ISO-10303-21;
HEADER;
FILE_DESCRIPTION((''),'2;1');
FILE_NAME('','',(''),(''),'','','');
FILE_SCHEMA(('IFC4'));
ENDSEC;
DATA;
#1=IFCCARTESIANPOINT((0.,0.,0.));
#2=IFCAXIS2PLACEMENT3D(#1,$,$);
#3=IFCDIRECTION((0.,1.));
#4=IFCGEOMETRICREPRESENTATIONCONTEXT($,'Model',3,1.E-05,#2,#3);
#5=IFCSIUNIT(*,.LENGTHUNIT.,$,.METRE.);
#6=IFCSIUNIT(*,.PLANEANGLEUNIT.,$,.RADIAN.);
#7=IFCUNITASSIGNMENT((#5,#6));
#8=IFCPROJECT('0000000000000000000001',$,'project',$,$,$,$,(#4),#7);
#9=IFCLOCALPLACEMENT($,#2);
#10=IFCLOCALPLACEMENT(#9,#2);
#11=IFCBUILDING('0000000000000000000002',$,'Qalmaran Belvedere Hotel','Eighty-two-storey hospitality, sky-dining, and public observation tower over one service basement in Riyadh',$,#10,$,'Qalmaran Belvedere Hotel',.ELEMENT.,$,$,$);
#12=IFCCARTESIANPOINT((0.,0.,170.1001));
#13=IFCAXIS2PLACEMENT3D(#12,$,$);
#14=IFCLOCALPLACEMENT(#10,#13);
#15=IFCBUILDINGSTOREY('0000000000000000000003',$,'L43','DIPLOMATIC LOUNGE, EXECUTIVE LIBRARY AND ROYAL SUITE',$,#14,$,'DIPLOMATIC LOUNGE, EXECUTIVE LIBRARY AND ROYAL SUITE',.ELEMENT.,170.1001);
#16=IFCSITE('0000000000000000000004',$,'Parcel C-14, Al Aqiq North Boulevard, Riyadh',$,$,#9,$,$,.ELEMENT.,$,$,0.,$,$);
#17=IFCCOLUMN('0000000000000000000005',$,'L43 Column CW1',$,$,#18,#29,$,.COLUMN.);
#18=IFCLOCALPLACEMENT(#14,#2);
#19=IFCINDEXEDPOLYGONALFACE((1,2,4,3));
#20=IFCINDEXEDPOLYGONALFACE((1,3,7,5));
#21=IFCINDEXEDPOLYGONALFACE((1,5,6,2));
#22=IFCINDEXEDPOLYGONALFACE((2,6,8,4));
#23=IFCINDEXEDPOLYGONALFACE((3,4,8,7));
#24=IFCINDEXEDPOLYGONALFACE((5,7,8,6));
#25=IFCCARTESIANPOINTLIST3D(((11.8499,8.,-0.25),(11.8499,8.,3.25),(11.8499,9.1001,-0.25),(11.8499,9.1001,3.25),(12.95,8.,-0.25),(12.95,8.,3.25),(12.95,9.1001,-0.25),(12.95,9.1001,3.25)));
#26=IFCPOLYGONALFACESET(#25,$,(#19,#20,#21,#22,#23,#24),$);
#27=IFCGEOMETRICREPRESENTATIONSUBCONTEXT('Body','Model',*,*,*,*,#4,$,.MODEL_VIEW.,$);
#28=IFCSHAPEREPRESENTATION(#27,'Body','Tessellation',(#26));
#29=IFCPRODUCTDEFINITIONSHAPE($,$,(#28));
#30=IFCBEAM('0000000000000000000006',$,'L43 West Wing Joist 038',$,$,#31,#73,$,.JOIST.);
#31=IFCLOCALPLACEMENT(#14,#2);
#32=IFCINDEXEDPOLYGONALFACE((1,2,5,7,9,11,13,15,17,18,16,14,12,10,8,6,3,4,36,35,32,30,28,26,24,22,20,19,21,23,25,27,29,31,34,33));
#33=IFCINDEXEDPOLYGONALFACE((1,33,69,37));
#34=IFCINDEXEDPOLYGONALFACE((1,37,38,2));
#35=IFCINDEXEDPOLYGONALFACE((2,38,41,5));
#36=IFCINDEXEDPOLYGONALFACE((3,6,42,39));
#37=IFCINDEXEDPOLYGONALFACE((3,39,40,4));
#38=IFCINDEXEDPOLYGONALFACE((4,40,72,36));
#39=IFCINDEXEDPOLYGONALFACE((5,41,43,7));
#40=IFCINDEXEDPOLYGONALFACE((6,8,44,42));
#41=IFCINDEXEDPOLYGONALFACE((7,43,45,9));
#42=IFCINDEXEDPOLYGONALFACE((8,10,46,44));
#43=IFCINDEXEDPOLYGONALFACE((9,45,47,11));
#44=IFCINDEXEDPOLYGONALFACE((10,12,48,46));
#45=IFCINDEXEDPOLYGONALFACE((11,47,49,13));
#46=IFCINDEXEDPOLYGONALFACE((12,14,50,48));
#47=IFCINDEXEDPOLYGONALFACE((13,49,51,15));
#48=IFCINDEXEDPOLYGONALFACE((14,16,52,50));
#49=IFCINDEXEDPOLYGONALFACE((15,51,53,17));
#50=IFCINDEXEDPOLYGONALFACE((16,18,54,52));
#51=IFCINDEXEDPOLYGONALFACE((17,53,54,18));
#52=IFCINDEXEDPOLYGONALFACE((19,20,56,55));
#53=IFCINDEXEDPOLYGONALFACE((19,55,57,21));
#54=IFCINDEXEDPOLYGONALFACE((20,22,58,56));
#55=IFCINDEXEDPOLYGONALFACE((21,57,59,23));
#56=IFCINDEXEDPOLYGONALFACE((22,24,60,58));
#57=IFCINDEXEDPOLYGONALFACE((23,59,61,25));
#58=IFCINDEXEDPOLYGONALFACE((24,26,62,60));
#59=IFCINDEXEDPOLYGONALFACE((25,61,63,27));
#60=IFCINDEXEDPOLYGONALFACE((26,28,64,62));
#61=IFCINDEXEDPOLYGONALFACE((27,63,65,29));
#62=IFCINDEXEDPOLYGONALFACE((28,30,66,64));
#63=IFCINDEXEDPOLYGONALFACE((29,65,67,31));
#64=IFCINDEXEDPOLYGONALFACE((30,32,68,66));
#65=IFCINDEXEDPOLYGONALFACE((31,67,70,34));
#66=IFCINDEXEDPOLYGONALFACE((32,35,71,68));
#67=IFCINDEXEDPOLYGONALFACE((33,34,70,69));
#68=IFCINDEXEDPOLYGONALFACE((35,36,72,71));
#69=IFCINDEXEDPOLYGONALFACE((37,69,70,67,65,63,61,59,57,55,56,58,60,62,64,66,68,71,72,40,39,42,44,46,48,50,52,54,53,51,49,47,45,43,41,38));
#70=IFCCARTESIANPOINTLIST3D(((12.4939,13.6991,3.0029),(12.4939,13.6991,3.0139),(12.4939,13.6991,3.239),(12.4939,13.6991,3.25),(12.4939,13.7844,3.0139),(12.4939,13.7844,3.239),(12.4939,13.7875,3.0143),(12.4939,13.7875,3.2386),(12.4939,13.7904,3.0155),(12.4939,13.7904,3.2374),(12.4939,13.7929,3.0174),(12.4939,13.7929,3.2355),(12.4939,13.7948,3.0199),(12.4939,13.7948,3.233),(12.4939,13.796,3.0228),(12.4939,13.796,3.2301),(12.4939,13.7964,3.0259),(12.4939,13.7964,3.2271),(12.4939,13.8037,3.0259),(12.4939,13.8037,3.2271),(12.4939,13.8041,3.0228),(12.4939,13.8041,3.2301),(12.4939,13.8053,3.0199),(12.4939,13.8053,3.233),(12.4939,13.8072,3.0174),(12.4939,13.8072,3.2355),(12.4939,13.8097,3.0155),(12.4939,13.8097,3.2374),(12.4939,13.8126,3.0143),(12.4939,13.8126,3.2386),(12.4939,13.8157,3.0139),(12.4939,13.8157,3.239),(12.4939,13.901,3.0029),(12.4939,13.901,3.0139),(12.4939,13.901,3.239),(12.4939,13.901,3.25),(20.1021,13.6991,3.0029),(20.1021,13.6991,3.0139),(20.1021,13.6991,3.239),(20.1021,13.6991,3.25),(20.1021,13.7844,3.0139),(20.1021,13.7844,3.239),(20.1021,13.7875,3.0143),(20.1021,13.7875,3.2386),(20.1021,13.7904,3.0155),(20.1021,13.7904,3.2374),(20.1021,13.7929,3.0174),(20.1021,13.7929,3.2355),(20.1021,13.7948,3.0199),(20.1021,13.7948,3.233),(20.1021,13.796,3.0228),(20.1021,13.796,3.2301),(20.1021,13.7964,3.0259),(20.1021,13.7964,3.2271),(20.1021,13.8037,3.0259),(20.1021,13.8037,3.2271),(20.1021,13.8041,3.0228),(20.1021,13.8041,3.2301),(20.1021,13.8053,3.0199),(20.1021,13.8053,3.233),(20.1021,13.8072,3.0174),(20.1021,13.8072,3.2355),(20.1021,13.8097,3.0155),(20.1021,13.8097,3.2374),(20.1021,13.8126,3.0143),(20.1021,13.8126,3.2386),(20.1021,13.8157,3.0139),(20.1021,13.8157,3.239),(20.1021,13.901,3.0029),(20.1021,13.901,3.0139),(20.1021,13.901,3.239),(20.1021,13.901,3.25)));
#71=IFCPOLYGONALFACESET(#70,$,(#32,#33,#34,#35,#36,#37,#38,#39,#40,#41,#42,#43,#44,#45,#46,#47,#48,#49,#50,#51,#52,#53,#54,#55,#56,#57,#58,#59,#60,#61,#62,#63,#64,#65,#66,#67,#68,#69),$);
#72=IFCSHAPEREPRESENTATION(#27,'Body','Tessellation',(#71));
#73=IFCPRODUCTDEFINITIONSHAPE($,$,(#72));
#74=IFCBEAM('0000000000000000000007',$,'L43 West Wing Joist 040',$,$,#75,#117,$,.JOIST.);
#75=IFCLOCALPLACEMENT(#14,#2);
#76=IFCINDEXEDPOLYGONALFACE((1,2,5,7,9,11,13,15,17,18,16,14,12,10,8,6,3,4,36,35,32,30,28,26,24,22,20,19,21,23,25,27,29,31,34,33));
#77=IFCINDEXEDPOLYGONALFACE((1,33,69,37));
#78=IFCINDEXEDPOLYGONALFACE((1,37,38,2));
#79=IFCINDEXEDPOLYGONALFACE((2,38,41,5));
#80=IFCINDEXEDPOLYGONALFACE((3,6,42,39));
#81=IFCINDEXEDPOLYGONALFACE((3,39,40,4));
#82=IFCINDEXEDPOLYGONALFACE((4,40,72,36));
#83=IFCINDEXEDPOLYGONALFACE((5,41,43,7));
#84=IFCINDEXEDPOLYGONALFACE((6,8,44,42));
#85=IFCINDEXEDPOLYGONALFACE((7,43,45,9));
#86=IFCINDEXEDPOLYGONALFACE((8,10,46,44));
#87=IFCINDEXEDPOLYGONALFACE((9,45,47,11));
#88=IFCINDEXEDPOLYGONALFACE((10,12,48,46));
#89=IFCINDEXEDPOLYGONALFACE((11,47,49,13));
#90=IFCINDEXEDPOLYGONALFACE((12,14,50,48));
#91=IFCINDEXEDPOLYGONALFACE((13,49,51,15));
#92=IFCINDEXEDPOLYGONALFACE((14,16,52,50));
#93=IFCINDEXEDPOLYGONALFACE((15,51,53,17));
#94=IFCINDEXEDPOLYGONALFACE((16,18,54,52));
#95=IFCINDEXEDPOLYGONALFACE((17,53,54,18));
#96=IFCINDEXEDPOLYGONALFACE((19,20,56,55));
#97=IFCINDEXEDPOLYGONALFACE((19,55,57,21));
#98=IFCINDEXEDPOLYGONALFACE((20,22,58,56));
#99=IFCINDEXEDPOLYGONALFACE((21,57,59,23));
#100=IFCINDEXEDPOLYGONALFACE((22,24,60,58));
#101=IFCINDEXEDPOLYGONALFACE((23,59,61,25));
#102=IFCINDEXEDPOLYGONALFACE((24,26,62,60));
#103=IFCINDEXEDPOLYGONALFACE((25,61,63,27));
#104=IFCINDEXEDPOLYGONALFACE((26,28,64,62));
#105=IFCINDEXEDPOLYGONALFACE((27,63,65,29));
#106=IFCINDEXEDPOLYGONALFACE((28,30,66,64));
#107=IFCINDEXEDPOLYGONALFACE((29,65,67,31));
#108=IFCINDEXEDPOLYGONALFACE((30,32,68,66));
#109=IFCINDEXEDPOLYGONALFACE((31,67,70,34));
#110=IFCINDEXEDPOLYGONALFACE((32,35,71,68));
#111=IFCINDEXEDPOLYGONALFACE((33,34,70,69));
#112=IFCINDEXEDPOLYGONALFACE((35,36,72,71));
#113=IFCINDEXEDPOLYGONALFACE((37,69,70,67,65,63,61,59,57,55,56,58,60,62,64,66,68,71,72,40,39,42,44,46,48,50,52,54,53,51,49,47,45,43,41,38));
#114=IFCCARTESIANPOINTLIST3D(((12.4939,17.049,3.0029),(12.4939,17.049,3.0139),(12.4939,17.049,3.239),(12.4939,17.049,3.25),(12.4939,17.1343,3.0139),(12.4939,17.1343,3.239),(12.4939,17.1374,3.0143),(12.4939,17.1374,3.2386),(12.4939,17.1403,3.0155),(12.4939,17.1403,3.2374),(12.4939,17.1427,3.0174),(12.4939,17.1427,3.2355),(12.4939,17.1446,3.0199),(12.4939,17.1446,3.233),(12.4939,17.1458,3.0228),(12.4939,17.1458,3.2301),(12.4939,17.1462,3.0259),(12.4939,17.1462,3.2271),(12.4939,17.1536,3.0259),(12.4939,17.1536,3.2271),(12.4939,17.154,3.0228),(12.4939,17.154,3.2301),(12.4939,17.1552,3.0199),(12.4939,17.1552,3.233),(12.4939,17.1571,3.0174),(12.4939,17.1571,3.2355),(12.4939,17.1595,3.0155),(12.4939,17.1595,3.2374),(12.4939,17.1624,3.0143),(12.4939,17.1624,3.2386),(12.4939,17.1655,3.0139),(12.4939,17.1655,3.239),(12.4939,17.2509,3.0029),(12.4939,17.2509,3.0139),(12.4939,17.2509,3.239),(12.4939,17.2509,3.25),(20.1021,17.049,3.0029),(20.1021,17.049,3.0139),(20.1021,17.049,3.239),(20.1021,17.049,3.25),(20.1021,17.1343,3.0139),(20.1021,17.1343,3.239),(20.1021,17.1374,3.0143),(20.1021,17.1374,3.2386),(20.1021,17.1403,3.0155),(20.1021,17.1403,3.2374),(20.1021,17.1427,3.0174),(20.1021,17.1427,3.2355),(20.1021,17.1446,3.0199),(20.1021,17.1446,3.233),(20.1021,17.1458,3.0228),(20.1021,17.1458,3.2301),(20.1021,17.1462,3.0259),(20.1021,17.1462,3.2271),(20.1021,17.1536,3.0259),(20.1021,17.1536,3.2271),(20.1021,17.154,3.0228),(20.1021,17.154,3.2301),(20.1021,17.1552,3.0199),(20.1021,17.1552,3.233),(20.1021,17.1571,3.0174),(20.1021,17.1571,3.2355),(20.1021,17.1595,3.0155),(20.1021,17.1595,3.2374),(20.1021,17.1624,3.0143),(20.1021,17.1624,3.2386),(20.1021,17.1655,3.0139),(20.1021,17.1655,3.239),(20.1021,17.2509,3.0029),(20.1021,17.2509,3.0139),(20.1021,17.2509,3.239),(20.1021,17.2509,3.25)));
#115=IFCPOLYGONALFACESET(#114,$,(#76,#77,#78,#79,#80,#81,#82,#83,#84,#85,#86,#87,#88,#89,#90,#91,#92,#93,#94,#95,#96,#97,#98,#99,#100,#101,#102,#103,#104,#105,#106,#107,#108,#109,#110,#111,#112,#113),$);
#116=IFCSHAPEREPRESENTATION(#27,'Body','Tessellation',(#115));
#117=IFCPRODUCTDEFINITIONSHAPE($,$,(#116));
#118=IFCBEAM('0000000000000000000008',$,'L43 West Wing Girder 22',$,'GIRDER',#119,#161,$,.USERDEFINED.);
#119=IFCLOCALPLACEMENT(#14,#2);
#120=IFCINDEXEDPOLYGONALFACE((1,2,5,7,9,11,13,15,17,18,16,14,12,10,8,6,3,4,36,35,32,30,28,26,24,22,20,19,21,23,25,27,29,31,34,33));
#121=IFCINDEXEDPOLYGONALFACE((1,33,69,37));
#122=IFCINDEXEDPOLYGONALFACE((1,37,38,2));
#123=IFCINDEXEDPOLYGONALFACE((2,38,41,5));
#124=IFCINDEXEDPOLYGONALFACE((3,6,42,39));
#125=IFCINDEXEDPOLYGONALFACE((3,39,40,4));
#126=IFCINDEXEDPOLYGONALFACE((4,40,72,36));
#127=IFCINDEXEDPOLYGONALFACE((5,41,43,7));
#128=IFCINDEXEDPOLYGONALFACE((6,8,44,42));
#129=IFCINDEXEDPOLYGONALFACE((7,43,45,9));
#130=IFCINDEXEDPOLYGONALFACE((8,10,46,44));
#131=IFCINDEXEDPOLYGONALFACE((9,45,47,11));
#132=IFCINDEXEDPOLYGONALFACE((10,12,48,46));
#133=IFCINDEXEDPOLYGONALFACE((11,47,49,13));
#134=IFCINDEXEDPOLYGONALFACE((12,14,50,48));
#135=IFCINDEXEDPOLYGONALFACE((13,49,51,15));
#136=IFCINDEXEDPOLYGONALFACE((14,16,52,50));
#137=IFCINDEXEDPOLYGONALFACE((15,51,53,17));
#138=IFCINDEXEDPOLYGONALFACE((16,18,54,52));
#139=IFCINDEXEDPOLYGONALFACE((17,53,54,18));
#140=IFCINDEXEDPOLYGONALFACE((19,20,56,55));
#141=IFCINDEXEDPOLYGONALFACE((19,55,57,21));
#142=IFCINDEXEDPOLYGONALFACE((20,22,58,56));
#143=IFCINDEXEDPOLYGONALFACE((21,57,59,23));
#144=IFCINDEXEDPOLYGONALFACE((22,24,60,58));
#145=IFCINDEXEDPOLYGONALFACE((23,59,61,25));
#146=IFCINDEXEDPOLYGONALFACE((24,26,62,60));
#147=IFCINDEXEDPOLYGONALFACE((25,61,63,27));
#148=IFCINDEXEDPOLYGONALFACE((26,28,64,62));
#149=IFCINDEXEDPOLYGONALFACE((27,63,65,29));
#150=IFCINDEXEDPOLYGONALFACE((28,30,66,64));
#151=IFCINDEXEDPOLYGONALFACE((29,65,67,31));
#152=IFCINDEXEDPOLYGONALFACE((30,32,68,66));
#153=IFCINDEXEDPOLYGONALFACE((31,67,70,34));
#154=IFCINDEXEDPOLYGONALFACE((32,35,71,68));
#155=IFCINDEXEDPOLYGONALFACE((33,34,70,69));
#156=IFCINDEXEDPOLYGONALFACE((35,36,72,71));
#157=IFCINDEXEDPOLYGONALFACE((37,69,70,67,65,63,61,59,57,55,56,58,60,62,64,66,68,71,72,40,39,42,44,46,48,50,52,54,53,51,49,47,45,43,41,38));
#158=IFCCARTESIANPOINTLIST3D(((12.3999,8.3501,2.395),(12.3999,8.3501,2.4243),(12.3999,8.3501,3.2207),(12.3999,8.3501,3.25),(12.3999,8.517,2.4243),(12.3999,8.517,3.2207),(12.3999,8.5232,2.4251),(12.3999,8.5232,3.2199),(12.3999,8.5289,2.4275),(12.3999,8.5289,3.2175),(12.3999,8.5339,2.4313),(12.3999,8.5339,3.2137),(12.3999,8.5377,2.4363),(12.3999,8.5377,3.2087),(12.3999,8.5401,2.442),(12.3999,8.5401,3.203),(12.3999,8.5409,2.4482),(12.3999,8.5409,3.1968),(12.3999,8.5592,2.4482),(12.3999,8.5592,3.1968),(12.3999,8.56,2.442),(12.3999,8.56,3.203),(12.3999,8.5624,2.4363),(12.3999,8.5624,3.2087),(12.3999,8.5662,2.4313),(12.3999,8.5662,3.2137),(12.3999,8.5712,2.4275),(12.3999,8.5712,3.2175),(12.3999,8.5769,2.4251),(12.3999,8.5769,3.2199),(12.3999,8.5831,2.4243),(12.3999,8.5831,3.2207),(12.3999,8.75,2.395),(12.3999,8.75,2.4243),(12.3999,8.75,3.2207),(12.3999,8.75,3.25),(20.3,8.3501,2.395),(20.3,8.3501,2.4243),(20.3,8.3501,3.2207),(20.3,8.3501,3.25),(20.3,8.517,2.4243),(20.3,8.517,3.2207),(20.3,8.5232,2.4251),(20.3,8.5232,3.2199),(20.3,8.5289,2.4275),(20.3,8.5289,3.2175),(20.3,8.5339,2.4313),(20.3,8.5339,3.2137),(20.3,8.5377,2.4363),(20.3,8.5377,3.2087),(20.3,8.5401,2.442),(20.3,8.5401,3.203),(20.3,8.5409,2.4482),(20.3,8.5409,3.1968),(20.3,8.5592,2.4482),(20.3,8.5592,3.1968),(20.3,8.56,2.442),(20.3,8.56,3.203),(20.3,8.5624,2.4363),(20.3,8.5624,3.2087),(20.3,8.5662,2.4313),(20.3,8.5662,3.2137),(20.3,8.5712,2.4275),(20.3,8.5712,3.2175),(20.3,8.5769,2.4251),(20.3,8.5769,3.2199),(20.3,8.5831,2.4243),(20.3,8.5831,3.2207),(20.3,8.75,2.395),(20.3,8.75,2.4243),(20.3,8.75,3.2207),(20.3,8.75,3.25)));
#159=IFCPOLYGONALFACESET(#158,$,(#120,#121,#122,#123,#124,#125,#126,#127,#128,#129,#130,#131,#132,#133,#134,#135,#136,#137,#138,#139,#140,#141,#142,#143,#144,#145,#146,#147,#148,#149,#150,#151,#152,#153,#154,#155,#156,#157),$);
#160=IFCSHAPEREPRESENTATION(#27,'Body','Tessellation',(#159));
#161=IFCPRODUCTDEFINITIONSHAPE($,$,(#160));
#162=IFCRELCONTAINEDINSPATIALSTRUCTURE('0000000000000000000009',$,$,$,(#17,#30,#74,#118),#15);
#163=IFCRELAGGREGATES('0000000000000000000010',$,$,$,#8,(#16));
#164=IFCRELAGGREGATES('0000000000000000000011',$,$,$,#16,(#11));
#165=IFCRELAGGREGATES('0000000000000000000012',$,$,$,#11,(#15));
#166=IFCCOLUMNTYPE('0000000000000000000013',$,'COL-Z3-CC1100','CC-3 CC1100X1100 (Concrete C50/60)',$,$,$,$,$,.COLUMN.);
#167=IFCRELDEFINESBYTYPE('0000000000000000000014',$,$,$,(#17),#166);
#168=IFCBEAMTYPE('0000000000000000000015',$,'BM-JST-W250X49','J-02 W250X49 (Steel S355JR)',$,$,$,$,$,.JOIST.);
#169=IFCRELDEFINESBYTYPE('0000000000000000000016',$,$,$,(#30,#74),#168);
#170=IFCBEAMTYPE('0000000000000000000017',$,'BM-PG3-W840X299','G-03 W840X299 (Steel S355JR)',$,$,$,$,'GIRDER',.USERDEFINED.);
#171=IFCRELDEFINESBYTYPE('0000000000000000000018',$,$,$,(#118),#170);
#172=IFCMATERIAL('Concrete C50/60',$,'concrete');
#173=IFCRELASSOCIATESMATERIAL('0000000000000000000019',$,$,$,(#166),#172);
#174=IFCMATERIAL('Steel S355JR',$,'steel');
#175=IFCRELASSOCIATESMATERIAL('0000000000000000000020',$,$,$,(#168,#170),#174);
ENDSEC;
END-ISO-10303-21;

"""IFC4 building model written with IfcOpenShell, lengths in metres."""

from ifc_helpers import new_model, si_unit, direction, frame, origin, origin_2d, place, context, subcontext, project, spatial, rectangle, i_section, extrude, material, material_profile, profile_set, type_object, element, save


model = new_model("IFC4")

# Units and contexts
model_context = context("Model", 3, precision=1e-05, world=origin(), true_north=direction((0.0, 1.0)))
body_context = subcontext(model_context, "Body", "Model", "MODEL_VIEW")
ifc_project = project(units=[si_unit("LENGTHUNIT", "METRE"), si_unit("PLANEANGLEUNIT", "RADIAN")], contexts=[model_context])

# Site, building, storey
site_placement = place(None, origin())
site = spatial("IfcSite", under=ifc_project, at=site_placement, Name="Parcel C-14, Al Aqiq North Boulevard, Riyadh", CompositionType="ELEMENT", RefElevation=0.0)
building_placement = place(site_placement, origin())
building = spatial("IfcBuilding", under=site, at=building_placement, Name="Qalmaran Belvedere Hotel", Description="Eighty-two-storey hospitality, sky-dining, and public observation tower over one service basement in Riyadh", LongName="Qalmaran Belvedere Hotel", CompositionType="ELEMENT")
storey_placement = place(building_placement, frame((0.0, 0.0, 170.1001)))
storey = spatial("IfcBuildingStorey", under=building, at=storey_placement, Name="L43", Description="DIPLOMATIC LOUNGE, EXECUTIVE LIBRARY AND ROYAL SUITE", LongName="DIPLOMATIC LOUNGE, EXECUTIVE LIBRARY AND ROYAL SUITE", CompositionType="ELEMENT", Elevation=170.1001)

# Column
ifc_material_1 = material(Name="Concrete C50/60", Category="concrete")
ifc_material_profile_1 = material_profile(ifc_material_1, rectangle(XDim=1.1001, YDim=1.1001, at=origin_2d()), Name="CC1100X1100")
ifc_profile_set_1 = profile_set([ifc_material_profile_1], Name="Concrete C50/60")
column_type = type_object("IfcColumnType", Name="COL-Z3-CC1100", Description="CC-3 CC1100X1100 (Concrete C50/60)", PredefinedType="COLUMN", material=ifc_profile_set_1)
column_placement = place(storey_placement, frame((12.3999, 8.55, -0.25), z_axis=(0.0, 0.0, 1.0), x_axis=(1.0, 0.0, 0.0)))
element("IfcColumn", 1, at=column_placement, inside=storey, type_object=column_type, Name="L43 Column CW1", PredefinedType="COLUMN", context=body_context, shape_type="SweptSolid", body=[
    extrude(rectangle(XDim=1.1001, YDim=1.1001, at=origin_2d()), origin(), (0.0, 0.0, 1.0), 3.5),
])

# Beams
ifc_material_2 = material(Name="Steel S355JR", Category="steel")
ifc_material_profile_2 = material_profile(ifc_material_2, i_section(OverallWidth=0.2019, OverallDepth=0.2471, WebThickness=0.0073, FlangeThickness=0.011, FilletRadius=0.012, at=origin_2d()), Name="W250X49")
ifc_profile_set_2 = profile_set([ifc_material_profile_2], Name="Steel S355JR")
beam_type_1 = type_object("IfcBeamType", Name="BM-JST-W250X49", Description="J-02 W250X49 (Steel S355JR)", PredefinedType="JOIST", material=ifc_profile_set_2)
for number, where, z_axis, x_axis, name in (
    (2, (12.4939, 13.8, 3.1265), (1.0, 0.0, 0.0), (0.0, 1.0, 0.0), "L43 West Wing Joist 038"),
    (3, (12.4939, 17.1499, 3.1265), (1.0, 0.0, 0.0), (0.0, 1.0, 0.0), "L43 West Wing Joist 040"),
):
    element("IfcBeam", number, at=place(storey_placement, frame(where, z_axis=z_axis, x_axis=x_axis)), inside=storey, type_object=beam_type_1, Name=name, PredefinedType="JOIST", context=body_context, shape_type="SweptSolid", body=[
        extrude(i_section(OverallWidth=0.2019, OverallDepth=0.2471, WebThickness=0.0073, FlangeThickness=0.011, FilletRadius=0.012, at=origin_2d()), origin(), (0.0, 0.0, 1.0), 7.6082),
    ])
ifc_material_profile_3 = material_profile(ifc_material_2, i_section(OverallWidth=0.3999, OverallDepth=0.855, WebThickness=0.0183, FlangeThickness=0.0293, FilletRadius=0.0239, at=origin_2d()), Name="W840X299")
ifc_profile_set_3 = profile_set([ifc_material_profile_3], Name="Steel S355JR")
beam_type_2 = type_object("IfcBeamType", Name="BM-PG3-W840X299", Description="G-03 W840X299 (Steel S355JR)", ElementType="GIRDER", PredefinedType="USERDEFINED", material=ifc_profile_set_3)
beam_1_placement = place(storey_placement, frame((12.3999, 8.55, 2.8225), z_axis=(1.0, 0.0, 0.0), x_axis=(0.0, 1.0, 0.0)))
element("IfcBeam", 4, at=beam_1_placement, inside=storey, type_object=beam_type_2, Name="L43 West Wing Girder 22", ObjectType="GIRDER", PredefinedType="USERDEFINED", context=body_context, shape_type="SweptSolid", body=[
    extrude(i_section(OverallWidth=0.3999, OverallDepth=0.855, WebThickness=0.0183, FlangeThickness=0.0293, FilletRadius=0.0239, at=origin_2d()), origin(), (0.0, 0.0, 1.0), 7.9001),
])

save(model, "model.ifc")
